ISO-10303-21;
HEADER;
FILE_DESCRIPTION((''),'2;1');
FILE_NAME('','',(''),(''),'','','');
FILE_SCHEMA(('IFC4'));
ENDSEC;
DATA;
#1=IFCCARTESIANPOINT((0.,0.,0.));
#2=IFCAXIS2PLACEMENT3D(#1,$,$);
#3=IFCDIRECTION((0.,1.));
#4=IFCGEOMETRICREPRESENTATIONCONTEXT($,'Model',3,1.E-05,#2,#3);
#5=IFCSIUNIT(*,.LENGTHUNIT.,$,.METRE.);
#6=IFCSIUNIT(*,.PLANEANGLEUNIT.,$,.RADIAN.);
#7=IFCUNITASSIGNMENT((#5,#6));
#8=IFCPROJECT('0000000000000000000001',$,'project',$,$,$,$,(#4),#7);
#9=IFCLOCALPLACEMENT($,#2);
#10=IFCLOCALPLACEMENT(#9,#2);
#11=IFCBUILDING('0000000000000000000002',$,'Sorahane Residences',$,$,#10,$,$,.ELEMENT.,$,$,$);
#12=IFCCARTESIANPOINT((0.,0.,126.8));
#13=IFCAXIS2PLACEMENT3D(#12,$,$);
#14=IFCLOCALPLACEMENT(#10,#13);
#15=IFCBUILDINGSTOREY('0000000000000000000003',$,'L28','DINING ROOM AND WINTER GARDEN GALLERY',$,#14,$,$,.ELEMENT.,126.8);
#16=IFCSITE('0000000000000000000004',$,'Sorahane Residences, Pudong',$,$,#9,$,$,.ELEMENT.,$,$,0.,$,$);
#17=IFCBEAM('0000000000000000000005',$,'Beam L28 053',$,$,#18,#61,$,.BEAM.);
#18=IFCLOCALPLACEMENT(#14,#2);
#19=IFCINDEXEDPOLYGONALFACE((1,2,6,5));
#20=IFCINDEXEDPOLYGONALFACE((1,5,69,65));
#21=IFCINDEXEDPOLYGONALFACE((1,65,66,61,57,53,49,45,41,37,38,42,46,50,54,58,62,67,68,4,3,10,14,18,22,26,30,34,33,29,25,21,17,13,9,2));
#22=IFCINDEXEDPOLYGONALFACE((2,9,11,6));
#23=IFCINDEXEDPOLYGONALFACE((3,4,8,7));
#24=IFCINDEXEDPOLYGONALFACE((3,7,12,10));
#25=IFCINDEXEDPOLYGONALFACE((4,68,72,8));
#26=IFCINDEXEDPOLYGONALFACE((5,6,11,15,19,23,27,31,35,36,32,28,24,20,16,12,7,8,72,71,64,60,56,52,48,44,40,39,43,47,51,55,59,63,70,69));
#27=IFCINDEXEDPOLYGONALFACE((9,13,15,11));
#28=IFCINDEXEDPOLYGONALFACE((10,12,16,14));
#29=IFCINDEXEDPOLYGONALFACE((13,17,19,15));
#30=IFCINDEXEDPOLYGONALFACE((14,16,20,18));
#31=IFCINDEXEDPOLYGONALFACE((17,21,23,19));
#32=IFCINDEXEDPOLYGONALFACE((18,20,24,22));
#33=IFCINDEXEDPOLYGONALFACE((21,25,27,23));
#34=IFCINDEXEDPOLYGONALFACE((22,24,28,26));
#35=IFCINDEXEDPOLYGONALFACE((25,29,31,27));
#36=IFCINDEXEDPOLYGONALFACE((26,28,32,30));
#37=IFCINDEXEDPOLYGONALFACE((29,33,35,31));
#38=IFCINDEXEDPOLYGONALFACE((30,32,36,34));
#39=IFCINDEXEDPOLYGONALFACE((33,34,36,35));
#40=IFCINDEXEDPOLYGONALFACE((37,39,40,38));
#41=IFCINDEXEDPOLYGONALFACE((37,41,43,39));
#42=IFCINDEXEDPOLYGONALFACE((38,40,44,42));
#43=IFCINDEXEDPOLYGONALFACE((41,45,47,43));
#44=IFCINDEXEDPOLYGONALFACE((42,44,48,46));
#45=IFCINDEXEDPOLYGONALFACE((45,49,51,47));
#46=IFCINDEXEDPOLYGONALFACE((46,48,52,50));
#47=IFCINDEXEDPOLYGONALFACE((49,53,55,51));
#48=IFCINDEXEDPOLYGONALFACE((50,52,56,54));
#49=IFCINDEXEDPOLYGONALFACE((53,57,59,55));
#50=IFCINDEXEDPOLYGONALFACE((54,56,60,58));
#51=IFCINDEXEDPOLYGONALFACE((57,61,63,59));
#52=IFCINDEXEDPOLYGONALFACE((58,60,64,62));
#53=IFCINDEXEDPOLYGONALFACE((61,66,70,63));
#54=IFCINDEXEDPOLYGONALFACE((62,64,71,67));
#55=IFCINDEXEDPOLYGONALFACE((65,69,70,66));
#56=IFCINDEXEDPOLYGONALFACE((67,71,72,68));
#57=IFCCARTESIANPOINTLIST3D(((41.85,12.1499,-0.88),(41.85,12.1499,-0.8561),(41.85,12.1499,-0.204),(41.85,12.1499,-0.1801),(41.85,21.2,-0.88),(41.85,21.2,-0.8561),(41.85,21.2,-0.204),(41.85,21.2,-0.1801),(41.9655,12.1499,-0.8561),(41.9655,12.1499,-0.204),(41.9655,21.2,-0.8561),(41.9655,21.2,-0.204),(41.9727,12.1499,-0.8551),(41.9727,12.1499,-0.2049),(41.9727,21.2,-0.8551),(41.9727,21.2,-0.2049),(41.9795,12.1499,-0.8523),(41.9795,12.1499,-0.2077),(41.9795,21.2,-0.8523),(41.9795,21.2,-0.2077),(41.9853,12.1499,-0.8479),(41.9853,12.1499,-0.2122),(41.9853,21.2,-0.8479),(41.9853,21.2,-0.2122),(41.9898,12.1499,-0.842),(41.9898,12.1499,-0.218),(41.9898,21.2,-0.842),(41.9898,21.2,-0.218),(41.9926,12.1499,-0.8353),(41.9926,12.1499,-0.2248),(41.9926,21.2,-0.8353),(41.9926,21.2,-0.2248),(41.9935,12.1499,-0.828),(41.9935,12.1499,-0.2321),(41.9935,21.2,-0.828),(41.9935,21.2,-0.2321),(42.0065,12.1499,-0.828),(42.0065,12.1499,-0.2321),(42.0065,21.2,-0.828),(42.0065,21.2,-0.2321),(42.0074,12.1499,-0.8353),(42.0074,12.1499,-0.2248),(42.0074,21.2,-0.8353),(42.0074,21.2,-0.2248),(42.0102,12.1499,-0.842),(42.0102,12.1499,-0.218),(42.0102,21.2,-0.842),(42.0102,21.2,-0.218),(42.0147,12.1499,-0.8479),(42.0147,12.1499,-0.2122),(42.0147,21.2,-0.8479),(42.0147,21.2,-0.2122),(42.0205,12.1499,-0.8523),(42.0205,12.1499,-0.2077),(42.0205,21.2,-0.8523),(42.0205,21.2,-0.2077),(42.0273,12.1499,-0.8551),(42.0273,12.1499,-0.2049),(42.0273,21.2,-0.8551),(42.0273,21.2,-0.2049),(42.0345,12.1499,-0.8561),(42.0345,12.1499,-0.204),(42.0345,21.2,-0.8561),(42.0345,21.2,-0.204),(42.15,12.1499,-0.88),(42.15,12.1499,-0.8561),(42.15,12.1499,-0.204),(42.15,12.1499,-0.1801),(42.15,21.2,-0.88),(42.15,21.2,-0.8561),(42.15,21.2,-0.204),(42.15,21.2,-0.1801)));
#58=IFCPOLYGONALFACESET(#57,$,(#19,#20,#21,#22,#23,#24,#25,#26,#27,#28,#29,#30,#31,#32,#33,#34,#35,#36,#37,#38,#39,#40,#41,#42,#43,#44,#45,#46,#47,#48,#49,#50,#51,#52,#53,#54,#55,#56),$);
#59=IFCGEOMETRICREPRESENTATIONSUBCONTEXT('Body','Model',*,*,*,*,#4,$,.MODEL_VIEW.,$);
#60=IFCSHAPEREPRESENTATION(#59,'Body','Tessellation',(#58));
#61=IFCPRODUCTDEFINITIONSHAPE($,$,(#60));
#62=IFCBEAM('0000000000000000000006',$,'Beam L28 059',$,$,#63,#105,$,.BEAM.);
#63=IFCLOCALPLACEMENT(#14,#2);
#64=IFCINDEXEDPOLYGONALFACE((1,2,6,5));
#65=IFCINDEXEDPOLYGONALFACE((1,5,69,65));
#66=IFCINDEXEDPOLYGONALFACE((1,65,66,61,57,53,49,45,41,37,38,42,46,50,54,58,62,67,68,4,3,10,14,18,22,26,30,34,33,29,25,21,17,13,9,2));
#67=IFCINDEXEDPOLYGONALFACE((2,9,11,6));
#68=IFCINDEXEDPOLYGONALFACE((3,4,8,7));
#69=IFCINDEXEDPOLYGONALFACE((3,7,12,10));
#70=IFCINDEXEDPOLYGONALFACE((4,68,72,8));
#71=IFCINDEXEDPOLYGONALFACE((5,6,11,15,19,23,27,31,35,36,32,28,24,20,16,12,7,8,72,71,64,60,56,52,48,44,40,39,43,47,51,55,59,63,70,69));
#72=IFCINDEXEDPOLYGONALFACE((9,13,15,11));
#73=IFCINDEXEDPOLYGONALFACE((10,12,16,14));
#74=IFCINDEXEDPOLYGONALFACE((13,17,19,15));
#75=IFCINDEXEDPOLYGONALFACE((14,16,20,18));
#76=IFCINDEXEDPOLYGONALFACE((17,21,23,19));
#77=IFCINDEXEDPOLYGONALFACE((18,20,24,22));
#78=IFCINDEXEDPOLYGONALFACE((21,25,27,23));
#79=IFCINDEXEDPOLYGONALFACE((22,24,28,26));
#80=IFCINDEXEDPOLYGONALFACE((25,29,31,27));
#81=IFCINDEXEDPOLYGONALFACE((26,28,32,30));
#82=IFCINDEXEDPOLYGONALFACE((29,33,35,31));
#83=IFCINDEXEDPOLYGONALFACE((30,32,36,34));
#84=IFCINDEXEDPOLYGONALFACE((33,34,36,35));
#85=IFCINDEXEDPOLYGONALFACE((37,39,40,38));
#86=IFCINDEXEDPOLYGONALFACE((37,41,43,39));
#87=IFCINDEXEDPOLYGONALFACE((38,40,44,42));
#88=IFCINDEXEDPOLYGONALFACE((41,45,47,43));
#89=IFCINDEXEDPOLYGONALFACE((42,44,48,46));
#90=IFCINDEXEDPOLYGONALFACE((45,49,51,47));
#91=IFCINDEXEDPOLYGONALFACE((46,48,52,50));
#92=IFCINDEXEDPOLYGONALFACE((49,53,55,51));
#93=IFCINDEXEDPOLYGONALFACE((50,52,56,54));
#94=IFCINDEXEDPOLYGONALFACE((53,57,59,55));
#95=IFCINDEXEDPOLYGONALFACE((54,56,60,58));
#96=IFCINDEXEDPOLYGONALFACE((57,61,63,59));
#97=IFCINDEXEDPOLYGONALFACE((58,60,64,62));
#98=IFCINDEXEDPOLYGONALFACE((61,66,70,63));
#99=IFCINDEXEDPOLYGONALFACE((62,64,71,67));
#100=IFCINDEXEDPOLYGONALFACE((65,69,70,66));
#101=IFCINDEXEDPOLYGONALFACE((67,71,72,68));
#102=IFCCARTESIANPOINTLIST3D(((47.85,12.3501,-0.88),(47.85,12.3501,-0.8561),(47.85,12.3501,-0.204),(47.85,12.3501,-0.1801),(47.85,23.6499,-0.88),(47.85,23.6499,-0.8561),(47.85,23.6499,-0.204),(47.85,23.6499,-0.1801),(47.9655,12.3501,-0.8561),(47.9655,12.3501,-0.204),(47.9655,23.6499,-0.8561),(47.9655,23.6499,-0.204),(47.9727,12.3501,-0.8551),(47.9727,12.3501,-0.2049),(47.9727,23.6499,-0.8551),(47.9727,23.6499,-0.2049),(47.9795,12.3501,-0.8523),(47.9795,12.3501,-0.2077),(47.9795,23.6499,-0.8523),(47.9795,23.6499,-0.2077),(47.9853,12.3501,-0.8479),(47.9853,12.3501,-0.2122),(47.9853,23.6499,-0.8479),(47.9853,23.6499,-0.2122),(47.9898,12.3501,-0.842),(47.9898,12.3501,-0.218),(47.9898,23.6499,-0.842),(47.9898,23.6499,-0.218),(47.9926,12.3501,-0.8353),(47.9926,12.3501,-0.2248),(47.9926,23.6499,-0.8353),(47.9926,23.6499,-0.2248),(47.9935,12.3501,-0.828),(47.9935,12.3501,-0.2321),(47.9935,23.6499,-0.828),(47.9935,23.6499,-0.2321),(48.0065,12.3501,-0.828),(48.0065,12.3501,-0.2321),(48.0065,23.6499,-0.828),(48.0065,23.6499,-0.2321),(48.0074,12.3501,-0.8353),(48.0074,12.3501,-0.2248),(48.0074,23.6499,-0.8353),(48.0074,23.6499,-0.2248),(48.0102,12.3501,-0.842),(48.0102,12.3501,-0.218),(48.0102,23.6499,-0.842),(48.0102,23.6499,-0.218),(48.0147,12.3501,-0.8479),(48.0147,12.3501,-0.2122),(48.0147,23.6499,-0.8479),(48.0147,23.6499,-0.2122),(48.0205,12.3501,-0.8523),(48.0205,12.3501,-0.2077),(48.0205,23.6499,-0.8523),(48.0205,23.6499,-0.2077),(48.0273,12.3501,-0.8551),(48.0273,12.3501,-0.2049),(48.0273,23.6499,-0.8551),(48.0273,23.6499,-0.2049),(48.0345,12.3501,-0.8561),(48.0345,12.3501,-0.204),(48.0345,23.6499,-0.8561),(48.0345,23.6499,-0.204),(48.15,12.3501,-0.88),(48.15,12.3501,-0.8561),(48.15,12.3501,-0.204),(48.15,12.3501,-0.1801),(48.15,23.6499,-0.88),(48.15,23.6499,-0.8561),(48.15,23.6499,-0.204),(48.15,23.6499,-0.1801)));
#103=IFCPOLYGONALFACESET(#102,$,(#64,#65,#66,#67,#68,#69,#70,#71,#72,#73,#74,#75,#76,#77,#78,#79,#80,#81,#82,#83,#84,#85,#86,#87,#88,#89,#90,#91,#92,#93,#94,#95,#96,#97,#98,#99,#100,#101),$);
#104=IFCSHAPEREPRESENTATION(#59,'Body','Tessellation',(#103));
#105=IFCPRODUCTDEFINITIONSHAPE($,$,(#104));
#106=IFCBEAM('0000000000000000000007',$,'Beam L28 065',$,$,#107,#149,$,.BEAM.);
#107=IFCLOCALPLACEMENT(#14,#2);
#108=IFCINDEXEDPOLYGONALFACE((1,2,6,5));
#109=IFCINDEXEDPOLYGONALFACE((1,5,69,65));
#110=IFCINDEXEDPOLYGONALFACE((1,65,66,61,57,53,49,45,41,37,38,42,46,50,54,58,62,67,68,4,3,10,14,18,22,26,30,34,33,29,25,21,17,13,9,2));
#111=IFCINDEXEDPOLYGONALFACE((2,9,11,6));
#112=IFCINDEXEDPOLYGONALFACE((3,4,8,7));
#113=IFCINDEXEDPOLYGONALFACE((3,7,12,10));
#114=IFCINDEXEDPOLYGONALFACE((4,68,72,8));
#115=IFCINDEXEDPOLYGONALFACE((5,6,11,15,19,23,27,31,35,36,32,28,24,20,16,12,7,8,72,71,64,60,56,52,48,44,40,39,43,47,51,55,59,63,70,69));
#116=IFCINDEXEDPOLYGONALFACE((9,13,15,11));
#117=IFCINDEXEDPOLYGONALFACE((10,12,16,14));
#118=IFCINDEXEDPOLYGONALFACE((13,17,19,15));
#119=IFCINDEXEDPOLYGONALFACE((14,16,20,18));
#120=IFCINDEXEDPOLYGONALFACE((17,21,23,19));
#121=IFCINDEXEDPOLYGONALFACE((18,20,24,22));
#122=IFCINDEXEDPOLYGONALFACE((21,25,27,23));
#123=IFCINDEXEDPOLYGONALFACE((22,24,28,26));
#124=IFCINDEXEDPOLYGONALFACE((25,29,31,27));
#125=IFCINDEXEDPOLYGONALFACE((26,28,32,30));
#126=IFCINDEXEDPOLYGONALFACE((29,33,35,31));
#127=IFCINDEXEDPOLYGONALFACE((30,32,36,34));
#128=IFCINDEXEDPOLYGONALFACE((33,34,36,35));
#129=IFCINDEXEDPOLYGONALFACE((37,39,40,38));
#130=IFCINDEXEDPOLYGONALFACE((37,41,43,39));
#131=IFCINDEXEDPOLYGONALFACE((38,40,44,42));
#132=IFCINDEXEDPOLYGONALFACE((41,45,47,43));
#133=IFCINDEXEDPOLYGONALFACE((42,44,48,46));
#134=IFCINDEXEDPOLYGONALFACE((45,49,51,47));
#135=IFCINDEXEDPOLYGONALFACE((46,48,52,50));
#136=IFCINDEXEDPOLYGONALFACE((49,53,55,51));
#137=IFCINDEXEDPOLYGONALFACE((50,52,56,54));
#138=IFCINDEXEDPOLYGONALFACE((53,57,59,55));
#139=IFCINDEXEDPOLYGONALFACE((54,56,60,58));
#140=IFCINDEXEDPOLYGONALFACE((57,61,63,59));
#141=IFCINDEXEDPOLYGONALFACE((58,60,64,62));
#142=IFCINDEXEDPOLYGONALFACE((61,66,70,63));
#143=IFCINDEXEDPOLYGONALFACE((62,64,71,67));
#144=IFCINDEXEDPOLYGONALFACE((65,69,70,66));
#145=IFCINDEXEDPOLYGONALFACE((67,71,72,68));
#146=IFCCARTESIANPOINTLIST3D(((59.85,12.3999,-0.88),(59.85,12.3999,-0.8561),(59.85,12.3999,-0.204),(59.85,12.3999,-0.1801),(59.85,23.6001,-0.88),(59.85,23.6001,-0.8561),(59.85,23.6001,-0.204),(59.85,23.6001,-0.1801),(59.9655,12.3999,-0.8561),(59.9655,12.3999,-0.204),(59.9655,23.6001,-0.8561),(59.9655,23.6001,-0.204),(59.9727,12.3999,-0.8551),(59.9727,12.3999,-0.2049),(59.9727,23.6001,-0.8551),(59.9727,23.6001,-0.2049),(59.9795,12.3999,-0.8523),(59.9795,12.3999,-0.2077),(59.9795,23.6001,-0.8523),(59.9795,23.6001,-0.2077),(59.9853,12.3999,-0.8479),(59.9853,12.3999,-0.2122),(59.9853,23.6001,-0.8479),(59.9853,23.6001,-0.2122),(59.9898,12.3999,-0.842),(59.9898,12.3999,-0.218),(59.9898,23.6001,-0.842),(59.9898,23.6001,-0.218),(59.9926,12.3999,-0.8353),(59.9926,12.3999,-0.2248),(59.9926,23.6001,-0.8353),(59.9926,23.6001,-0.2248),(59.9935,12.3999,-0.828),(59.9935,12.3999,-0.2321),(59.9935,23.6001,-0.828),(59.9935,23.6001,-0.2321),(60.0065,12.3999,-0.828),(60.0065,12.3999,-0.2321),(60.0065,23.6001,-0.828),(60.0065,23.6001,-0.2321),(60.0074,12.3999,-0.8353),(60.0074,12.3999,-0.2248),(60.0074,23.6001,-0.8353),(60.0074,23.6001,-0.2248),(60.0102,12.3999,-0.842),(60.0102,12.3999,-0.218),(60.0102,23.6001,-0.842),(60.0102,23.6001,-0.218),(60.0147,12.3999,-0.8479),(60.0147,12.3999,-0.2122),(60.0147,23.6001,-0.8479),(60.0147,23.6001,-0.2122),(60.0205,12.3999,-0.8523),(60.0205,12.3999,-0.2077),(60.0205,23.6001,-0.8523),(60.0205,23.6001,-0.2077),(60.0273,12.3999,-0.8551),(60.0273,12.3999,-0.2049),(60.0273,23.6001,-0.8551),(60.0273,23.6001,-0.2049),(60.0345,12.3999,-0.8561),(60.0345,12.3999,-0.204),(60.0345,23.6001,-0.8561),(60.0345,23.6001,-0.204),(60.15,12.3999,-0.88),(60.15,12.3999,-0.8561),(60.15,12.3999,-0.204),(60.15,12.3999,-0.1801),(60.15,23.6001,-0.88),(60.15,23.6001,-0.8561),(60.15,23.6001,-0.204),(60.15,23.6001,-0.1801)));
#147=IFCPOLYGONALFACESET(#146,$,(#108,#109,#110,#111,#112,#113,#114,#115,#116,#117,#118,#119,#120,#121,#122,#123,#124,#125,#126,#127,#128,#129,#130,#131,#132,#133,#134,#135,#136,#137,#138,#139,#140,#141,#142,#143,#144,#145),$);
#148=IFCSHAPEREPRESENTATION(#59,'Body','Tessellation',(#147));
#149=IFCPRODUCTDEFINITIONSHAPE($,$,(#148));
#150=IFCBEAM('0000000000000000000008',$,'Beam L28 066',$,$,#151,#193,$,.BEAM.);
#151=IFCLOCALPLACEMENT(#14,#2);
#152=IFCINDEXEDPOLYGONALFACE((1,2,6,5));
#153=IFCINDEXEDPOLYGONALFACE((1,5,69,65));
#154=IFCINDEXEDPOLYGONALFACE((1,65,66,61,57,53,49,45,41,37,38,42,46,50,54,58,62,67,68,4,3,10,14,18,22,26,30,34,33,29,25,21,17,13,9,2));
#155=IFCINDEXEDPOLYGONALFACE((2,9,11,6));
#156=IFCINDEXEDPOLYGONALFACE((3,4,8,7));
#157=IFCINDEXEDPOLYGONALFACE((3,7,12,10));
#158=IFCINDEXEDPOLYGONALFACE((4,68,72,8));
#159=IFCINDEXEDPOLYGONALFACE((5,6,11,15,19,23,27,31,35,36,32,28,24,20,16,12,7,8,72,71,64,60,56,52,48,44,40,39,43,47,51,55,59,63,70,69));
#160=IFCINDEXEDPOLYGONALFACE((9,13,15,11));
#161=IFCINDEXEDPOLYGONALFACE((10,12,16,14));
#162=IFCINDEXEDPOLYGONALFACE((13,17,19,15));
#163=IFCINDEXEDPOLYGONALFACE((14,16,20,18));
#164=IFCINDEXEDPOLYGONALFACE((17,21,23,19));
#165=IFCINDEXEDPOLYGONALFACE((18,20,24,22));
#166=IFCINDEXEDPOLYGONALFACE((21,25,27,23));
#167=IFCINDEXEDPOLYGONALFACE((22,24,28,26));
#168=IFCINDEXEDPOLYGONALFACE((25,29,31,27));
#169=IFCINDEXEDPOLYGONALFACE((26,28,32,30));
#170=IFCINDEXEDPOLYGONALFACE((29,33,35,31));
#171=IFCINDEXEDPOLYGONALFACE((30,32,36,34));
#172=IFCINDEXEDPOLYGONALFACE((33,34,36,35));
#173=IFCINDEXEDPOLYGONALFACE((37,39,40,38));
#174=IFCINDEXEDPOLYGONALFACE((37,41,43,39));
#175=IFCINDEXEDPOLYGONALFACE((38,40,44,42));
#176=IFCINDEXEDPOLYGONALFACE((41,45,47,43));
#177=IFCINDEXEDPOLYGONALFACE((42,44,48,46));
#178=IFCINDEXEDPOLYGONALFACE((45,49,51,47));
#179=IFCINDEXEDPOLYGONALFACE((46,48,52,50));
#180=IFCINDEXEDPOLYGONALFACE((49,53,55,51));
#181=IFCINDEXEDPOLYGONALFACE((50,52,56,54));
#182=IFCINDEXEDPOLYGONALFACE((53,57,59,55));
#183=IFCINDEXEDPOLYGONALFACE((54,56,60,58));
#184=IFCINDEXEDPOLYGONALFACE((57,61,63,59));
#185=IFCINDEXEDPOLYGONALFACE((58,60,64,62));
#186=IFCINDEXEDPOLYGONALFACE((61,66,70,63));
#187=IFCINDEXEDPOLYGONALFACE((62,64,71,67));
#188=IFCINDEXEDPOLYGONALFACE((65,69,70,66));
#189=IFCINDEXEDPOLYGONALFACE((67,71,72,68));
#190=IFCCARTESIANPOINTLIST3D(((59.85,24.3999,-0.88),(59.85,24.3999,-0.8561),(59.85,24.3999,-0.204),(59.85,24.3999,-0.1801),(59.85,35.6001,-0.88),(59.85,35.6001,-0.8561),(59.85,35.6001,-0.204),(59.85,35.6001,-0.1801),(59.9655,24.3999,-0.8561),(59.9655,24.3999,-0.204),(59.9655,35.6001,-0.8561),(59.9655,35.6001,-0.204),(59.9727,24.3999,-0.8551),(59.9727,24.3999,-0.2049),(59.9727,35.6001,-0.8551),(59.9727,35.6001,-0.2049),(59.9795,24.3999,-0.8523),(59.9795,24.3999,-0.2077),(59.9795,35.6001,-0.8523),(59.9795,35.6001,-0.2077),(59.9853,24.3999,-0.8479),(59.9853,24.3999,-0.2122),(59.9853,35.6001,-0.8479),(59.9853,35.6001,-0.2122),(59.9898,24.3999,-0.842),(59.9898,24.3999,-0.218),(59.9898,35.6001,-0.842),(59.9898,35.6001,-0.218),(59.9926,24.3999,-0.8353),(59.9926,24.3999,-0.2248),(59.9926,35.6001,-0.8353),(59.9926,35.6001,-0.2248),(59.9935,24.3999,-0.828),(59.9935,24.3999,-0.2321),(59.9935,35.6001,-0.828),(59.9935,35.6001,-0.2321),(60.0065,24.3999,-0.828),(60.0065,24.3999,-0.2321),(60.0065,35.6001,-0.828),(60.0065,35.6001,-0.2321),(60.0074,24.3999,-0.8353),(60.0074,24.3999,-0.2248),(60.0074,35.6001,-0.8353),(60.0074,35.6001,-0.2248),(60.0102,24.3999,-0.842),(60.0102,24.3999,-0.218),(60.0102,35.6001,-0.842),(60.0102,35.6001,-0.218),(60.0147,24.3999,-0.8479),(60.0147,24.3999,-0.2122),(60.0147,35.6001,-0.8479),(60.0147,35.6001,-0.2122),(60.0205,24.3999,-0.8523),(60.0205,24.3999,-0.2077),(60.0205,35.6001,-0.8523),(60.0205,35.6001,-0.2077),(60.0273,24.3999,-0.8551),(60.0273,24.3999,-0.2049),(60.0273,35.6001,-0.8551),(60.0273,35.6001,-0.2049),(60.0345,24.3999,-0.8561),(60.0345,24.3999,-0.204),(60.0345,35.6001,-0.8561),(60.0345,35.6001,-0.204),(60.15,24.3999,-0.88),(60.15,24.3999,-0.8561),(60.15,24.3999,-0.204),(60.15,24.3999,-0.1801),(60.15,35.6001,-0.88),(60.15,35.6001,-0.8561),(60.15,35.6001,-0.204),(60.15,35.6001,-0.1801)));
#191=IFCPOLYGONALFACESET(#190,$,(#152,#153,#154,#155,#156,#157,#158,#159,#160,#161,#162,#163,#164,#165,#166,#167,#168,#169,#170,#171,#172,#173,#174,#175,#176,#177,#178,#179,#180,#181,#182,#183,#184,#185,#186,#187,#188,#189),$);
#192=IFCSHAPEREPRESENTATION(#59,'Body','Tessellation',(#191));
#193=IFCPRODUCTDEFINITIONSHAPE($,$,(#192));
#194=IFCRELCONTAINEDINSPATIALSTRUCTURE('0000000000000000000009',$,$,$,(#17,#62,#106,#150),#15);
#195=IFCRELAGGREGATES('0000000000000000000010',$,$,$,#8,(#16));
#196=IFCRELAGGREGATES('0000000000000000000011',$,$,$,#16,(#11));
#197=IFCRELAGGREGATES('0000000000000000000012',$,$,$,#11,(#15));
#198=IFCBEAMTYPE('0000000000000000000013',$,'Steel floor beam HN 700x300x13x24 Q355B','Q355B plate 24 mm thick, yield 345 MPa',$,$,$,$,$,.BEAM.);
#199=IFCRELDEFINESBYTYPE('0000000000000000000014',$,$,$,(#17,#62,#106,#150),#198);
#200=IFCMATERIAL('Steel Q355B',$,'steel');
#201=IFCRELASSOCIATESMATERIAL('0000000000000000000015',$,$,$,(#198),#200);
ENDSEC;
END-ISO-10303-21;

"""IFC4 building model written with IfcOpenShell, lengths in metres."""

from ifc_helpers import new_model, si_unit, direction, frame, origin, origin_2d, place, context, subcontext, project, spatial, i_section, extrude, material, material_profile, profile_set, type_object, element, save


model = new_model("IFC4")

# Units and contexts
model_context = context("Model", 3, precision=1e-05, world=origin(), true_north=direction((0.0, 1.0)))
body_context = subcontext(model_context, "Body", "Model", "MODEL_VIEW")
ifc_project = project(units=[si_unit("LENGTHUNIT", "METRE"), si_unit("PLANEANGLEUNIT", "RADIAN")], contexts=[model_context])

# Site, building, storey
site_placement = place(None, origin())
site = spatial("IfcSite", under=ifc_project, at=site_placement, Name="Sorahane Residences, Pudong", CompositionType="ELEMENT", RefElevation=0.0)
building_placement = place(site_placement, origin())
building = spatial("IfcBuilding", under=site, at=building_placement, Name="Sorahane Residences", CompositionType="ELEMENT")
storey_placement = place(building_placement, frame((0.0, 0.0, 126.8)))
storey = spatial("IfcBuildingStorey", under=building, at=storey_placement, Name="L28", Description="DINING ROOM AND WINTER GARDEN GALLERY", CompositionType="ELEMENT", Elevation=126.8)

# Beams
ifc_material_1 = material(Name="Steel Q355B", Category="steel")
ifc_material_profile_1 = material_profile(ifc_material_1, i_section(OverallWidth=0.3, OverallDepth=0.7, WebThickness=0.0129, FlangeThickness=0.0239, FilletRadius=0.0281, at=origin_2d()), Name="HN 700x300x13x24")
ifc_profile_set_1 = profile_set([ifc_material_profile_1], Name="Steel Q355B")
beam_type_1 = type_object("IfcBeamType", Name="Steel floor beam HN 700x300x13x24 Q355B", Description="Q355B plate 24 mm thick, yield 345 MPa", PredefinedType="BEAM", material=ifc_profile_set_1)
beam_1_placement = place(storey_placement, frame((42.0, 12.1499, -0.53), z_axis=(0.0, 1.0, 0.0), x_axis=(-1.0, 0.0, 0.0)))
element("IfcBeam", 1, at=beam_1_placement, inside=storey, type_object=beam_type_1, Name="Beam L28 053", PredefinedType="BEAM", context=body_context, shape_type="SweptSolid", body=[
    extrude(i_section(OverallWidth=0.3, OverallDepth=0.7, WebThickness=0.0129, FlangeThickness=0.0239, FilletRadius=0.0281, at=origin_2d()), origin(), (0.0, 0.0, 1.0), 9.05),
])
beam_2_placement = place(storey_placement, frame((48.0, 12.3501, -0.53), z_axis=(0.0, 1.0, 0.0), x_axis=(-1.0, 0.0, 0.0)))
element("IfcBeam", 2, at=beam_2_placement, inside=storey, type_object=beam_type_1, Name="Beam L28 059", PredefinedType="BEAM", context=body_context, shape_type="SweptSolid", body=[
    extrude(i_section(OverallWidth=0.3, OverallDepth=0.7, WebThickness=0.0129, FlangeThickness=0.0239, FilletRadius=0.0281, at=origin_2d()), origin(), (0.0, 0.0, 1.0), 11.2998),
])
for number, where, z_axis, x_axis, name in (
    (3, (60.0, 12.3999, -0.53), (0.0, 1.0, 0.0), (-1.0, 0.0, 0.0), "Beam L28 065"),
    (4, (60.0, 24.3999, -0.53), (0.0, 1.0, 0.0), (-1.0, 0.0, 0.0), "Beam L28 066"),
):
    element("IfcBeam", number, at=place(storey_placement, frame(where, z_axis=z_axis, x_axis=x_axis)), inside=storey, type_object=beam_type_1, Name=name, PredefinedType="BEAM", context=body_context, shape_type="SweptSolid", body=[
        extrude(i_section(OverallWidth=0.3, OverallDepth=0.7, WebThickness=0.0129, FlangeThickness=0.0239, FilletRadius=0.0281, at=origin_2d()), origin(), (0.0, 0.0, 1.0), 11.2002),
    ])

save(model, "model.ifc")
